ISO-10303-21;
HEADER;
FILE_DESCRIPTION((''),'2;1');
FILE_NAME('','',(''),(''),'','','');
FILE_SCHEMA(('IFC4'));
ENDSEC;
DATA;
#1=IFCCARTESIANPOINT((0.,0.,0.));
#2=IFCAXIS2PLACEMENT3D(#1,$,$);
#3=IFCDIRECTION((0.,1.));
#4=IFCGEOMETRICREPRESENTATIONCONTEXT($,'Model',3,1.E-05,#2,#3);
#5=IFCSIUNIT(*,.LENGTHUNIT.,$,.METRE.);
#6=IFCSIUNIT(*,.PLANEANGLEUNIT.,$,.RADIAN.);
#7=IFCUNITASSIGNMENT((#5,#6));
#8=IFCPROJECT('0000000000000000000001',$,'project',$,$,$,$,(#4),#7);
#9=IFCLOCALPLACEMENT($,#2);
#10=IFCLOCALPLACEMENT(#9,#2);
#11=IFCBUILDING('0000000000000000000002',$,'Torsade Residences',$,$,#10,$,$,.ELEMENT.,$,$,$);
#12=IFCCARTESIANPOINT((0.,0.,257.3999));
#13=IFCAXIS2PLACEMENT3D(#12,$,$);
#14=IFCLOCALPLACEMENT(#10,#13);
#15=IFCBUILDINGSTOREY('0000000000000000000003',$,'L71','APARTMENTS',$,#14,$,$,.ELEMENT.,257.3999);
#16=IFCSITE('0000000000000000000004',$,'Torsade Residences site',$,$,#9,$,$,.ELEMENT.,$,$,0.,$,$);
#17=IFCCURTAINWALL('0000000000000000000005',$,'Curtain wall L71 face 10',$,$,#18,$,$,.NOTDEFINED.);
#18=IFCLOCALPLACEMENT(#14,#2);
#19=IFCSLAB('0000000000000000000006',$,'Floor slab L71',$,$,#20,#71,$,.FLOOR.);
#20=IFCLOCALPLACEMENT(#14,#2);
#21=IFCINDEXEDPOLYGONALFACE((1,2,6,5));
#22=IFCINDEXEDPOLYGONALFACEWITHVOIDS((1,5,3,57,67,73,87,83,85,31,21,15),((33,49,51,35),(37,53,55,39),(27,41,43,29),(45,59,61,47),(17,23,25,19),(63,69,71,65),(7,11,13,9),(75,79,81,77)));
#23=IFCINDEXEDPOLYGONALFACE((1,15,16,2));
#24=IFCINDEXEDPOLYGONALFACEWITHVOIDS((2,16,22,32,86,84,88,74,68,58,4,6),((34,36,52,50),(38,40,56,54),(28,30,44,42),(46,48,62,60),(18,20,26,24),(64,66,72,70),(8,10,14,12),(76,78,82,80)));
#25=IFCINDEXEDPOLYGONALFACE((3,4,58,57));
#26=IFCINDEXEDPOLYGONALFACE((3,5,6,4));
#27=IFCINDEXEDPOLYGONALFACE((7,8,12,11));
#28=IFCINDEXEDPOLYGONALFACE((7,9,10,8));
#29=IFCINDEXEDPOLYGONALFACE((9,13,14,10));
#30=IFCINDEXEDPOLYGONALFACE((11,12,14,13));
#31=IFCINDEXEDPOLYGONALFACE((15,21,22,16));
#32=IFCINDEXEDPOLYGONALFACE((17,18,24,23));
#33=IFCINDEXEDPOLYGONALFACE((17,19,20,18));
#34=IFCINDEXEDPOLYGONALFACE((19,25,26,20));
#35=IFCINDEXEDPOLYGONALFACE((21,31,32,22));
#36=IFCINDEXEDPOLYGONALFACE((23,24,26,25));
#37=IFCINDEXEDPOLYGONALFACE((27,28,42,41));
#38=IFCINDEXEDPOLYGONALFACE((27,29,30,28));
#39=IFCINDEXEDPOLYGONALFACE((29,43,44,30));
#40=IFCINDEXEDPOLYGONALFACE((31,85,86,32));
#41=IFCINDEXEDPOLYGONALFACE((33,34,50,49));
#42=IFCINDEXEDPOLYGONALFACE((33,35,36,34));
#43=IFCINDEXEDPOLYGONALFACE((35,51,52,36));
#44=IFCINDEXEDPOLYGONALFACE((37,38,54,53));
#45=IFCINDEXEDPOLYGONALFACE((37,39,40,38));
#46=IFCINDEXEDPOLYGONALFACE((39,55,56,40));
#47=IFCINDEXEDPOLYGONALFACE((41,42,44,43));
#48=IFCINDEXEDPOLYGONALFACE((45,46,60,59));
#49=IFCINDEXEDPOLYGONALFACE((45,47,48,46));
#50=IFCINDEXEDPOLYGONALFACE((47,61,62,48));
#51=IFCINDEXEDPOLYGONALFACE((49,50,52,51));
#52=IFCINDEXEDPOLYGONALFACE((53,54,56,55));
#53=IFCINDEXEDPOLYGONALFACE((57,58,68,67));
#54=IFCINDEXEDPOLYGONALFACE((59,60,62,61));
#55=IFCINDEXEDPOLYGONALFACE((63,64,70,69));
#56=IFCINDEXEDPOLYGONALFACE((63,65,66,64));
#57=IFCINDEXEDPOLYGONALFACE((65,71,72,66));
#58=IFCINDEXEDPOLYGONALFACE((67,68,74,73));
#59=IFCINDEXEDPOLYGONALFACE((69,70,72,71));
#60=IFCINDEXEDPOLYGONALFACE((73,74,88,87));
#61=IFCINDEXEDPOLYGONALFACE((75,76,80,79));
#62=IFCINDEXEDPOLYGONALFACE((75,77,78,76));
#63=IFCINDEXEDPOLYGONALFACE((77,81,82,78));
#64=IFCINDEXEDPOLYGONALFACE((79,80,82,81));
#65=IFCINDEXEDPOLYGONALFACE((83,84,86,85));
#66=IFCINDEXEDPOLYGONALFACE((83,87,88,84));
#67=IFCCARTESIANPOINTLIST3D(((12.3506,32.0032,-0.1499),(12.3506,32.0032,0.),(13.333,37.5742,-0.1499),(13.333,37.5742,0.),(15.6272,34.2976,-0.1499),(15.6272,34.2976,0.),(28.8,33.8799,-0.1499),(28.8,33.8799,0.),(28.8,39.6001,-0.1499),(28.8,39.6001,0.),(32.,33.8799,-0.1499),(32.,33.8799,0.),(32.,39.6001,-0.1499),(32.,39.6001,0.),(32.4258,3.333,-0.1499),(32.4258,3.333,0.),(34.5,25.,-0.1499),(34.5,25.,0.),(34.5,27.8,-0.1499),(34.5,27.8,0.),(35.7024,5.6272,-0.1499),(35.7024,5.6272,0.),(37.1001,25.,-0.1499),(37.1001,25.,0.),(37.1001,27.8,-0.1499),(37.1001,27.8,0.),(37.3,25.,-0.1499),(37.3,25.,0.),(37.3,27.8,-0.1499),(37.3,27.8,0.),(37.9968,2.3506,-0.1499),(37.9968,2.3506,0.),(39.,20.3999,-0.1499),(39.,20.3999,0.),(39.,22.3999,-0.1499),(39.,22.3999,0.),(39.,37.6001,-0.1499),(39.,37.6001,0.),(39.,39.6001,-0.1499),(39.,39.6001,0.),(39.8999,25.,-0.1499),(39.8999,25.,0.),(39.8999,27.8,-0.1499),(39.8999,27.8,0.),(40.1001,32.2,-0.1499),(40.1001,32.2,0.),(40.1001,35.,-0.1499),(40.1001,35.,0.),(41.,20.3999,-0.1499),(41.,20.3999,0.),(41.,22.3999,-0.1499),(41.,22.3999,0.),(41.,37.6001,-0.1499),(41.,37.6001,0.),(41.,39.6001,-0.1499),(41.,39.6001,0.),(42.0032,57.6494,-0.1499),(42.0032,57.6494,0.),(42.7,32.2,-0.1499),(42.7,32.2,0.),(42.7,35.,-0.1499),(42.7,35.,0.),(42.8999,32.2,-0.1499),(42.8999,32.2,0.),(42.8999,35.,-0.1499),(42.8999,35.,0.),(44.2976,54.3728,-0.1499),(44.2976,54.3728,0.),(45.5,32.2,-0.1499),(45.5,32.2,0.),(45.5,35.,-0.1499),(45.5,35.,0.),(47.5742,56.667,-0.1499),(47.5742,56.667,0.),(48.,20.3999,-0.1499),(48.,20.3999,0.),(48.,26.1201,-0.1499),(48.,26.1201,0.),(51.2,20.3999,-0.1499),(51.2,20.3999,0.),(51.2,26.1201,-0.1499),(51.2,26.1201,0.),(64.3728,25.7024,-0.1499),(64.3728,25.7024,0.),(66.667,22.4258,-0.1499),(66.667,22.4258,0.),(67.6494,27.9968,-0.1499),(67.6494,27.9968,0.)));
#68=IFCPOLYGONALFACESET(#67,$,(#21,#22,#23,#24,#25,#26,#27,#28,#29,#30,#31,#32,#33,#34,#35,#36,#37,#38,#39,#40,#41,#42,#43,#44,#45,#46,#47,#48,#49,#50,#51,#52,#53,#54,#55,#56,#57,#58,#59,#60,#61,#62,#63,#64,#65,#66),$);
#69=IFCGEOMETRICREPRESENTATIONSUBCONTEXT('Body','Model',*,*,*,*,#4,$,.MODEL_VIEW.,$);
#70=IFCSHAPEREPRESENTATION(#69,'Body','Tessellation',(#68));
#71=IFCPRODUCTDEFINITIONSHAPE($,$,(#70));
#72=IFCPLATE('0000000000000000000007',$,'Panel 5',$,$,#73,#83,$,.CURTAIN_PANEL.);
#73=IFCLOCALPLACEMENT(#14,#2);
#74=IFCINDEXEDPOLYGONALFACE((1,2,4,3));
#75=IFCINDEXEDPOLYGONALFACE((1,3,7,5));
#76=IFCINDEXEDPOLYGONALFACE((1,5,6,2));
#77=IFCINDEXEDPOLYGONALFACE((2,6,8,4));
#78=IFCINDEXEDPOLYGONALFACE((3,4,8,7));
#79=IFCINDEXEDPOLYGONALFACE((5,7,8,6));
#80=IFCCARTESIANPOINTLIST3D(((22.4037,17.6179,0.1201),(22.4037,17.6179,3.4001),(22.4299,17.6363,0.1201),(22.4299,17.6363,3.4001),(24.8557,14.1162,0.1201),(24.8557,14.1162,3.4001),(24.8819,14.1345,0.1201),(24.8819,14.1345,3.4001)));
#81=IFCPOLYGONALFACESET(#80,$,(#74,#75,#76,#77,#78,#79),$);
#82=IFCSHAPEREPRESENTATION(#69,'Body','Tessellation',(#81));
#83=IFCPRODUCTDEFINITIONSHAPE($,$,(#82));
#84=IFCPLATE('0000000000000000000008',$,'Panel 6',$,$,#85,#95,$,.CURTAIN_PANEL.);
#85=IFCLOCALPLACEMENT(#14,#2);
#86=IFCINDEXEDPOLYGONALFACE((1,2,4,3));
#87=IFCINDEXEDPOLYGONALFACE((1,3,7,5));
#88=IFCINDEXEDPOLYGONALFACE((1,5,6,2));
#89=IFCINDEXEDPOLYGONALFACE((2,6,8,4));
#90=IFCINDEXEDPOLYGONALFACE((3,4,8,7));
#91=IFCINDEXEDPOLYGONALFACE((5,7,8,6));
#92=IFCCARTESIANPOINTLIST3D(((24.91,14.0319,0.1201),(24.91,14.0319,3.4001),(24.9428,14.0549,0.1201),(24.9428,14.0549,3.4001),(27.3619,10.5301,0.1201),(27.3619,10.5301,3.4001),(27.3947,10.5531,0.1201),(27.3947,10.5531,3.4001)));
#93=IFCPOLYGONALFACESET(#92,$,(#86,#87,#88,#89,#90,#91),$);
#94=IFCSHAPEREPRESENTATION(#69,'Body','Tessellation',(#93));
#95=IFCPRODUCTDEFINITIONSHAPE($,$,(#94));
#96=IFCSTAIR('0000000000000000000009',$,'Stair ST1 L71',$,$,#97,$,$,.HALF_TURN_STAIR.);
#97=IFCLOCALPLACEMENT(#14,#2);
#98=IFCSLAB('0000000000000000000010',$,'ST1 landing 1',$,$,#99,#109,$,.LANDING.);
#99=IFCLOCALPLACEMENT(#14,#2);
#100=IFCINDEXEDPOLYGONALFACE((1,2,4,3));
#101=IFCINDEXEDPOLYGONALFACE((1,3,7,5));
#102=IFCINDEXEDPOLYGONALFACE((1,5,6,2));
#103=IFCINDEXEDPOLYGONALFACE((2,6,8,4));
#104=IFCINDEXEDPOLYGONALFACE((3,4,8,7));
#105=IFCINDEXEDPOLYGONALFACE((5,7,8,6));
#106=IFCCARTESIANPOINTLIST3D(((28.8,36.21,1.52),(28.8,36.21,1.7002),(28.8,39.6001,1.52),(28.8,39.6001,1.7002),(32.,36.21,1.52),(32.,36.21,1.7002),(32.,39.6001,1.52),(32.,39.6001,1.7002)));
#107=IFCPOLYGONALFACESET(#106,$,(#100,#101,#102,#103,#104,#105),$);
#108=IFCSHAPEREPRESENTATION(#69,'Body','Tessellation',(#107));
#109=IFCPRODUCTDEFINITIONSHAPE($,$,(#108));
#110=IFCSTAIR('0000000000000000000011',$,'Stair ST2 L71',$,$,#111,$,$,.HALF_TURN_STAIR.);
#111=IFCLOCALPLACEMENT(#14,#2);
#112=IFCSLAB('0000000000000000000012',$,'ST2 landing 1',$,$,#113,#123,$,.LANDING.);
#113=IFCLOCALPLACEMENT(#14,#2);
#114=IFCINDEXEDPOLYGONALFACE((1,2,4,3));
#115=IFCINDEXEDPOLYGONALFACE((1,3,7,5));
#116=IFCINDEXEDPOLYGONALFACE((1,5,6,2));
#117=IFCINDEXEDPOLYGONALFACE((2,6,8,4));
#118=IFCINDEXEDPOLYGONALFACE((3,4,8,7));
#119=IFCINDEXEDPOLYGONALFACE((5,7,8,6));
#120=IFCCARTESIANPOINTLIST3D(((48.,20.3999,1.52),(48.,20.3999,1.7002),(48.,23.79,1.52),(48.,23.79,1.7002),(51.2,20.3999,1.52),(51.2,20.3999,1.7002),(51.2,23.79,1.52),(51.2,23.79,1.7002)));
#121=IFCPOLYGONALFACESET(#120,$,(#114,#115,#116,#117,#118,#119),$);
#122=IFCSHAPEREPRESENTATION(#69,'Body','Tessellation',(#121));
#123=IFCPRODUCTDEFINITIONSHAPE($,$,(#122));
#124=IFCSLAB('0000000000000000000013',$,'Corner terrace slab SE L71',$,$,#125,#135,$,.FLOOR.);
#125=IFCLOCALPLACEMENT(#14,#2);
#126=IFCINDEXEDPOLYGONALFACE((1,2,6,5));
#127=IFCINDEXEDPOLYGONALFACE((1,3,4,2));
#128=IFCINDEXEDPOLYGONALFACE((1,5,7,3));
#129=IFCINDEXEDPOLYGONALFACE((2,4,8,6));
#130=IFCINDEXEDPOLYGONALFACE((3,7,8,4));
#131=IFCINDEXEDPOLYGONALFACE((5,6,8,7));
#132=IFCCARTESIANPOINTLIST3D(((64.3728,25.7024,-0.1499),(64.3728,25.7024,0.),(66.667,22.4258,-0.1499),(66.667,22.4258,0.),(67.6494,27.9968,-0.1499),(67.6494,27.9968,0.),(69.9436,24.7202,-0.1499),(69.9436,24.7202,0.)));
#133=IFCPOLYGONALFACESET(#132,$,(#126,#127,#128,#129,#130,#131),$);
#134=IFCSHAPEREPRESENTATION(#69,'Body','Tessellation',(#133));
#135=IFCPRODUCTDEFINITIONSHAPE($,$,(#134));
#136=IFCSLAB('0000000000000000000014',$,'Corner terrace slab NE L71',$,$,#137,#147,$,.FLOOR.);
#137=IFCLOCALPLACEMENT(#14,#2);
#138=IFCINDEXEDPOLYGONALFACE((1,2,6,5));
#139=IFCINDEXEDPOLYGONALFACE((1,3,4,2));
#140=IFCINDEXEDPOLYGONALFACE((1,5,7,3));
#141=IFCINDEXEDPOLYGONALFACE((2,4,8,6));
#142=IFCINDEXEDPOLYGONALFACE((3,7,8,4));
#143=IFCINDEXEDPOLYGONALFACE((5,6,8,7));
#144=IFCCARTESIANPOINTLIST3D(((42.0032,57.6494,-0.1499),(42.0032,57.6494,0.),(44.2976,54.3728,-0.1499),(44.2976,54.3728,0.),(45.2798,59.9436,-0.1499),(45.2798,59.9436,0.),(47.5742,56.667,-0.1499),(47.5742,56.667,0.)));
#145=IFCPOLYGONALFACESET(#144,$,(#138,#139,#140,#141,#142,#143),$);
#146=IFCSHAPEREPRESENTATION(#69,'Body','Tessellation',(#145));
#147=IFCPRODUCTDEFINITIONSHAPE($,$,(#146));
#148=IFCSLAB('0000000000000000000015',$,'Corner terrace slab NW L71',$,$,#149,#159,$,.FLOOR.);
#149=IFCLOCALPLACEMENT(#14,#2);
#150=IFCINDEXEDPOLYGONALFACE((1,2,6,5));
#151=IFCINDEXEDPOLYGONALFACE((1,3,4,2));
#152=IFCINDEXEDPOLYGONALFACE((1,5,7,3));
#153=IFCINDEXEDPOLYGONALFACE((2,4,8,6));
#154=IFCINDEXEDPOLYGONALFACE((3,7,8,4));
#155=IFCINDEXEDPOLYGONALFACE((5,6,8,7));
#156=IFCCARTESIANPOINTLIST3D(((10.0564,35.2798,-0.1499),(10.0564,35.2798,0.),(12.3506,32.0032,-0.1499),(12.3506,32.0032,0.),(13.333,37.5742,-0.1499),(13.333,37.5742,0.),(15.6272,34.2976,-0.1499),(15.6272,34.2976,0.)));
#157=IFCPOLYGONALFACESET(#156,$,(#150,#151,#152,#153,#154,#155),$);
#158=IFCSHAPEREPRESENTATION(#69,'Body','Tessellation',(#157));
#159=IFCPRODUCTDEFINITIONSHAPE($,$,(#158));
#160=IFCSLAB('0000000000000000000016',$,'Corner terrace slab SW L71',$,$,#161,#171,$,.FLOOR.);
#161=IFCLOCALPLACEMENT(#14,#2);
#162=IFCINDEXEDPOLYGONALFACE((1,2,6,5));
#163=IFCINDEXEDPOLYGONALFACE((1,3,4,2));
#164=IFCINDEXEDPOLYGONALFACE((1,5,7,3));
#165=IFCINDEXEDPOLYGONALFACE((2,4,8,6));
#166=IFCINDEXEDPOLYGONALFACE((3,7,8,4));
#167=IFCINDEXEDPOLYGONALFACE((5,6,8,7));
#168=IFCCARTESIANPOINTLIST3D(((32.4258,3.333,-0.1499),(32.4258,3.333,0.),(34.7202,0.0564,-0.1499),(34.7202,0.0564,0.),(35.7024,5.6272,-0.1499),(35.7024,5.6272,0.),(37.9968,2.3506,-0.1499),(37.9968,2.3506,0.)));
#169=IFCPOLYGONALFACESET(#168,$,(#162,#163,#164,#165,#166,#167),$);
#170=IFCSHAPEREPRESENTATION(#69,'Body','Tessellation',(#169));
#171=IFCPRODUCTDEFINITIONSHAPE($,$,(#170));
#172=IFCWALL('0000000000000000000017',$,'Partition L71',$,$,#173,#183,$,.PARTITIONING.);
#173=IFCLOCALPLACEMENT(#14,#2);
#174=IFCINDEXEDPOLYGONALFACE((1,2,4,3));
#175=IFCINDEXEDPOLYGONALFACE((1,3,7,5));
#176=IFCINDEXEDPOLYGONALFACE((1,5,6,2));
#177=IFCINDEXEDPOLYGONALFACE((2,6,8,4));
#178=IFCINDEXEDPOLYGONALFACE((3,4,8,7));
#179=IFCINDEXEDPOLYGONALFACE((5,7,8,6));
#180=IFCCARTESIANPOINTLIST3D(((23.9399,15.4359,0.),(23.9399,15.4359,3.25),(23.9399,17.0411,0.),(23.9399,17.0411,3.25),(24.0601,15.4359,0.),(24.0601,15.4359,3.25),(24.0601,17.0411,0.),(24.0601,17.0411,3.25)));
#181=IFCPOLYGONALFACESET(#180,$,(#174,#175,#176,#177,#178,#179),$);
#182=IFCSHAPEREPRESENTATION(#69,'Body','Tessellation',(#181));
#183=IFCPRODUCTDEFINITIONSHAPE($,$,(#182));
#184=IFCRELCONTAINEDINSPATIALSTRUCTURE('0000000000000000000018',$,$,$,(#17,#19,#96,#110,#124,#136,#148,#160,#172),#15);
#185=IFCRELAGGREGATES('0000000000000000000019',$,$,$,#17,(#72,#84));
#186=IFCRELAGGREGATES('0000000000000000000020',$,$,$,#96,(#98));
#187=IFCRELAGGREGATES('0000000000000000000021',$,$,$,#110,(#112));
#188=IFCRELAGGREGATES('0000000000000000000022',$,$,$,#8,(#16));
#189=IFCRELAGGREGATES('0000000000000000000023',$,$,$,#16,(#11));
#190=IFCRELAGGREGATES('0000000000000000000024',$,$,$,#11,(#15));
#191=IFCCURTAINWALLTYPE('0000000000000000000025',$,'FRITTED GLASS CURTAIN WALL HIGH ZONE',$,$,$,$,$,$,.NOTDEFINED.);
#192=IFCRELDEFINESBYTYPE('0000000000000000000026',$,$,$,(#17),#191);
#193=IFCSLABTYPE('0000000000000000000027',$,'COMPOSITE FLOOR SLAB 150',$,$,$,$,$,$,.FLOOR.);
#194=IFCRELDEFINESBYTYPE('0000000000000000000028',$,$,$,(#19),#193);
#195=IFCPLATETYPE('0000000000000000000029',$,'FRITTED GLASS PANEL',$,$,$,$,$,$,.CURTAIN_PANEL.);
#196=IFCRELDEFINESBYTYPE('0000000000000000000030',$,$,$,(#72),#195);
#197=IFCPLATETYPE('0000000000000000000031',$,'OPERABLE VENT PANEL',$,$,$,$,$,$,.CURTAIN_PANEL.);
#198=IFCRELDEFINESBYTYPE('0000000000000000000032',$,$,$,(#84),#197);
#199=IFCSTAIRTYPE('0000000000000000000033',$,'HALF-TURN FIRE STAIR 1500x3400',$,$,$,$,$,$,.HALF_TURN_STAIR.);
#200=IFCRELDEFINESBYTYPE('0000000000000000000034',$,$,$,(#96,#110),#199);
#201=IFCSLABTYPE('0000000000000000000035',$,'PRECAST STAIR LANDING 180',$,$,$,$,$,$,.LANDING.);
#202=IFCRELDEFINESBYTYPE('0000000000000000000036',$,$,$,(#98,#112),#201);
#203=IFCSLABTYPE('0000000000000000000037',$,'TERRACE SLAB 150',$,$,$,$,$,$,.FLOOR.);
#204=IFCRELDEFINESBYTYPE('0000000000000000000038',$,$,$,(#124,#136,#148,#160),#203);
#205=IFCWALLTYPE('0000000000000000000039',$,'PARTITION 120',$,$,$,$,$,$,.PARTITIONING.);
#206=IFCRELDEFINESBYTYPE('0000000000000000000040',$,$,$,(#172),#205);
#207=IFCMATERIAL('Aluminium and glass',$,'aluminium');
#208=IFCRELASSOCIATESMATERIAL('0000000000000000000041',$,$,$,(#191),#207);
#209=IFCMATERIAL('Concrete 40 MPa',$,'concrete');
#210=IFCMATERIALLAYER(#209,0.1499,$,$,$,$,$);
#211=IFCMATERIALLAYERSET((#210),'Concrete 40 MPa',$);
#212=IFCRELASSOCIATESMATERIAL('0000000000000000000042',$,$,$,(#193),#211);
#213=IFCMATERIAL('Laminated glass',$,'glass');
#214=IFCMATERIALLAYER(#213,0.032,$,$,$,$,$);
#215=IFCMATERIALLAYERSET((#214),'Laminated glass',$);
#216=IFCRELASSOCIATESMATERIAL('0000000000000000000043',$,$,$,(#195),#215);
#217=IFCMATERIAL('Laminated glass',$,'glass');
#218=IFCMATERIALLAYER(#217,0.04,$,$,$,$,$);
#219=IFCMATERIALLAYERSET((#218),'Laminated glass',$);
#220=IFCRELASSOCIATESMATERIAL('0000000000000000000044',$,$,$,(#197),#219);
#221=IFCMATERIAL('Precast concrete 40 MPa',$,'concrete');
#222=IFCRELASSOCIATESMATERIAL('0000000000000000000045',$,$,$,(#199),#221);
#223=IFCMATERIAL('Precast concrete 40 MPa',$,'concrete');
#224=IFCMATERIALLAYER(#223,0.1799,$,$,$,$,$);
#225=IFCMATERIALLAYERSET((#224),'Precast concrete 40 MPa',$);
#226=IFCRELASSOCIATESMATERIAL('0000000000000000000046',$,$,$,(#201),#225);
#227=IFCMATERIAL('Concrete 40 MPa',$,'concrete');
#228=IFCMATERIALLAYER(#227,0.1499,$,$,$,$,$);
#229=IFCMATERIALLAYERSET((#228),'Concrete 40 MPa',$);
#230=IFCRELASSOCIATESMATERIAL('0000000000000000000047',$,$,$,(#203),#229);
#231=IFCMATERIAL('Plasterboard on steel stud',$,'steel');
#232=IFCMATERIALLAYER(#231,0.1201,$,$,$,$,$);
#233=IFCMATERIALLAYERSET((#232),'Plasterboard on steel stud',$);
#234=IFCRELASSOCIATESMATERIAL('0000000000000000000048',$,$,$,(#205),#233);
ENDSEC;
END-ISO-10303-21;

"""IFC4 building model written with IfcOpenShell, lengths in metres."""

from ifc_helpers import new_model, si_unit, direction, frame, frame_2d, origin, origin_2d, place, context, subcontext, project, spatial, polyline, rectangle, outline, extrude, material, layer, layer_set, type_object, element, aggregate, save


model = new_model("IFC4")

# Units and contexts
model_context = context("Model", 3, precision=1e-05, world=origin(), true_north=direction((0.0, 1.0)))
body_context = subcontext(model_context, "Body", "Model", "MODEL_VIEW")
ifc_project = project(units=[si_unit("LENGTHUNIT", "METRE"), si_unit("PLANEANGLEUNIT", "RADIAN")], contexts=[model_context])

# Site, building, storey
site_placement = place(None, origin())
site = spatial("IfcSite", under=ifc_project, at=site_placement, Name="Torsade Residences site", CompositionType="ELEMENT", RefElevation=0.0)
building_placement = place(site_placement, origin())
building = spatial("IfcBuilding", under=site, at=building_placement, Name="Torsade Residences", CompositionType="ELEMENT")
storey_placement = place(building_placement, frame((0.0, 0.0, 257.3999)))
storey = spatial("IfcBuildingStorey", under=building, at=storey_placement, Name="L71", Description="APARTMENTS", CompositionType="ELEMENT", Elevation=257.3999)

# Curtain wall
ifc_material_1 = material(Name="Aluminium and glass", Category="aluminium")
curtain_wall_type = type_object("IfcCurtainWallType", Name="FRITTED GLASS CURTAIN WALL HIGH ZONE", PredefinedType="NOTDEFINED", material=ifc_material_1)
curtain_wall_placement = place(storey_placement, origin())
curtain_wall = element("IfcCurtainWall", 1, at=curtain_wall_placement, inside=storey, type_object=curtain_wall_type, Name="Curtain wall L71 face 10", PredefinedType="NOTDEFINED")

# Slab
ifc_material_2 = material(Name="Concrete 40 MPa", Category="concrete")
ifc_layer_1 = layer(ifc_material_2, 0.1499)
ifc_layer_set_1 = layer_set([ifc_layer_1], Name="Concrete 40 MPa")
slab_type_1 = type_object("IfcSlabType", Name="COMPOSITE FLOOR SLAB 150", PredefinedType="FLOOR", material=ifc_layer_set_1)
slab_1_placement = place(storey_placement, frame((0.0, 0.0, -0.1499)))
element("IfcSlab", 2, at=slab_1_placement, inside=storey, type_object=slab_type_1, Name="Floor slab L71", PredefinedType="FLOOR", context=body_context, shape_type="SweptSolid", body=[
    extrude(outline(polyline([(37.9968, 2.3506), (66.667, 22.4258), (64.3728, 25.7024), (67.6494, 27.9968), (47.5742, 56.667), (44.2976, 54.3728), (42.0032, 57.6494), (13.333, 37.5742), (15.6272, 34.2976), (12.3506, 32.0032), (32.4258, 3.333), (35.7024, 5.6272), (37.9968, 2.3506)]), holes=[polyline([(51.2, 26.1201), (48.0, 26.1201), (48.0, 20.3999), (51.2, 20.3999), (51.2, 26.1201)]), polyline([(45.5, 35.0), (42.8999, 35.0), (42.8999, 32.2), (45.5, 32.2), (45.5, 35.0)]), polyline([(42.7, 35.0), (40.1001, 35.0), (40.1001, 32.2), (42.7, 32.2), (42.7, 35.0)]), polyline([(41.0, 22.3999), (39.0, 22.3999), (39.0, 20.3999), (41.0, 20.3999), (41.0, 22.3999)]), polyline([(41.0, 39.6001), (39.0, 39.6001), (39.0, 37.6001), (41.0, 37.6001), (41.0, 39.6001)]), polyline([(39.8999, 27.8), (37.3, 27.8), (37.3, 25.0), (39.8999, 25.0), (39.8999, 27.8)]), polyline([(37.1001, 27.8), (34.5, 27.8), (34.5, 25.0), (37.1001, 25.0), (37.1001, 27.8)]), polyline([(32.0, 39.6001), (28.8, 39.6001), (28.8, 33.8799), (32.0, 33.8799), (32.0, 39.6001)])]), origin(), (0.0, 0.0, 1.0), 0.1499),
])

# Plates
ifc_material_3 = material(Name="Laminated glass", Category="glass")
ifc_layer_2 = layer(ifc_material_3, 0.032)
ifc_layer_set_2 = layer_set([ifc_layer_2], Name="Laminated glass")
plate_type_1 = type_object("IfcPlateType", Name="FRITTED GLASS PANEL", PredefinedType="CURTAIN_PANEL", material=ifc_layer_set_2)
plate_1_placement = place(storey_placement, frame((23.6428, 15.8762, 0.1201), z_axis=(0.0, 0.0, 1.0), x_axis=(0.573576, -0.819152, 0.0)))
plate_1 = element("IfcPlate", 3, at=plate_1_placement, type_object=plate_type_1, Name="Panel 5", PredefinedType="CURTAIN_PANEL", context=body_context, shape_type="SweptSolid", body=[
    extrude(rectangle(XDim=4.2749, YDim=0.032, at=origin_2d()), origin(), (0.0, 0.0, 1.0), 3.28),
])
ifc_material_4 = material(Name="Laminated glass", Category="glass")
ifc_layer_3 = layer(ifc_material_4, 0.04)
ifc_layer_set_3 = layer_set([ifc_layer_3], Name="Laminated glass")
plate_type_2 = type_object("IfcPlateType", Name="OPERABLE VENT PANEL", PredefinedType="CURTAIN_PANEL", material=ifc_layer_set_3)
plate_2_placement = place(storey_placement, frame((26.1523, 12.2925, 0.1201), z_axis=(0.0, 0.0, 1.0), x_axis=(0.573576, -0.819152, 0.0)))
plate_2 = element("IfcPlate", 4, at=plate_2_placement, type_object=plate_type_2, Name="Panel 6", PredefinedType="CURTAIN_PANEL", context=body_context, shape_type="SweptSolid", body=[
    extrude(rectangle(XDim=4.2749, YDim=0.04, at=origin_2d()), origin(), (0.0, 0.0, 1.0), 3.28),
])
aggregate(curtain_wall, [plate_1, plate_2])

# Stairs, slabs
ifc_material_5 = material(Name="Precast concrete 40 MPa", Category="concrete")
stair_type = type_object("IfcStairType", Name="HALF-TURN FIRE STAIR 1500x3400", PredefinedType="HALF_TURN_STAIR", material=ifc_material_5)
stair_1_placement = place(storey_placement, origin())
stair_1 = element("IfcStair", 5, at=stair_1_placement, inside=storey, type_object=stair_type, Name="Stair ST1 L71", PredefinedType="HALF_TURN_STAIR")
ifc_material_6 = material(Name="Precast concrete 40 MPa", Category="concrete")
ifc_layer_4 = layer(ifc_material_6, 0.1799)
ifc_layer_set_4 = layer_set([ifc_layer_4], Name="Precast concrete 40 MPa")
slab_type_2 = type_object("IfcSlabType", Name="PRECAST STAIR LANDING 180", PredefinedType="LANDING", material=ifc_layer_set_4)
slab_2_placement = place(storey_placement, frame((0.0, 0.0, 1.52)))
slab_2 = element("IfcSlab", 6, at=slab_2_placement, type_object=slab_type_2, Name="ST1 landing 1", PredefinedType="LANDING", context=body_context, shape_type="SweptSolid", body=[
    extrude(outline(polyline([(28.8, 36.21), (32.0, 36.21), (32.0, 39.6001), (28.8, 39.6001), (28.8, 36.21)])), origin(), (0.0, 0.0, 1.0), 0.1802),
])
aggregate(stair_1, [slab_2])
stair_2_placement = place(storey_placement, origin())
stair_2 = element("IfcStair", 7, at=stair_2_placement, inside=storey, type_object=stair_type, Name="Stair ST2 L71", PredefinedType="HALF_TURN_STAIR")
slab_3_placement = place(storey_placement, frame((0.0, 0.0, 1.52)))
slab_3 = element("IfcSlab", 8, at=slab_3_placement, type_object=slab_type_2, Name="ST2 landing 1", PredefinedType="LANDING", context=body_context, shape_type="SweptSolid", body=[
    extrude(outline(polyline([(48.0, 20.3999), (51.2, 20.3999), (51.2, 23.79), (48.0, 23.79), (48.0, 20.3999)])), origin(), (0.0, 0.0, 1.0), 0.1802),
])
aggregate(stair_2, [slab_3])

# Slabs
ifc_material_7 = material(Name="Concrete 40 MPa", Category="concrete")
ifc_layer_5 = layer(ifc_material_7, 0.1499)
ifc_layer_set_5 = layer_set([ifc_layer_5], Name="Concrete 40 MPa")
slab_type_3 = type_object("IfcSlabType", Name="TERRACE SLAB 150", PredefinedType="FLOOR", material=ifc_layer_set_5)
slab_4_placement = place(storey_placement, frame((0.0, 0.0, -0.1499)))
element("IfcSlab", 9, at=slab_4_placement, inside=storey, type_object=slab_type_3, Name="Corner terrace slab SE L71", PredefinedType="FLOOR", context=body_context, shape_type="SweptSolid", body=[
    extrude(outline(polyline([(66.667, 22.4258), (69.9436, 24.7202), (67.6494, 27.9968), (64.3728, 25.7024), (66.667, 22.4258)])), origin(), (0.0, 0.0, 1.0), 0.1499),
])
slab_5_placement = place(storey_placement, frame((0.0, 0.0, -0.1499)))
element("IfcSlab", 10, at=slab_5_placement, inside=storey, type_object=slab_type_3, Name="Corner terrace slab NE L71", PredefinedType="FLOOR", context=body_context, shape_type="SweptSolid", body=[
    extrude(outline(polyline([(44.2976, 54.3728), (47.5742, 56.667), (45.2798, 59.9436), (42.0032, 57.6494), (44.2976, 54.3728)])), origin(), (0.0, 0.0, 1.0), 0.1499),
])
slab_6_placement = place(storey_placement, frame((0.0, 0.0, -0.1499)))
element("IfcSlab", 11, at=slab_6_placement, inside=storey, type_object=slab_type_3, Name="Corner terrace slab NW L71", PredefinedType="FLOOR", context=body_context, shape_type="SweptSolid", body=[
    extrude(outline(polyline([(12.3506, 32.0032), (15.6272, 34.2976), (13.333, 37.5742), (10.0564, 35.2798), (12.3506, 32.0032)])), origin(), (0.0, 0.0, 1.0), 0.1499),
])
slab_7_placement = place(storey_placement, frame((0.0, 0.0, -0.1499)))
element("IfcSlab", 12, at=slab_7_placement, inside=storey, type_object=slab_type_3, Name="Corner terrace slab SW L71", PredefinedType="FLOOR", context=body_context, shape_type="SweptSolid", body=[
    extrude(outline(polyline([(34.7202, 0.0564), (37.9968, 2.3506), (35.7024, 5.6272), (32.4258, 3.333), (34.7202, 0.0564)])), origin(), (0.0, 0.0, 1.0), 0.1499),
])

# Wall
ifc_material_8 = material(Name="Plasterboard on steel stud", Category="steel")
ifc_layer_6 = layer(ifc_material_8, 0.1201)
ifc_layer_set_6 = layer_set([ifc_layer_6], Name="Plasterboard on steel stud")
wall_type_1 = type_object("IfcWallType", Name="PARTITION 120", PredefinedType="PARTITIONING", material=ifc_layer_set_6)
wall_1_placement = place(storey_placement, frame((24.0, 17.0413, 0.0), z_axis=(0.0, 0.0, 1.0), x_axis=(0.0, -1.0, 0.0)))
element("IfcWall", 13, at=wall_1_placement, inside=storey, type_object=wall_type_1, Name="Partition L71", PredefinedType="PARTITIONING", context=body_context, shape_type="SweptSolid", body=[
    extrude(rectangle(XDim=1.6052, YDim=0.1201, at=frame_2d((0.8027, 0.0))), origin(), (0.0, 0.0, 1.0), 3.25),
])

save(model, "model.ifc")
